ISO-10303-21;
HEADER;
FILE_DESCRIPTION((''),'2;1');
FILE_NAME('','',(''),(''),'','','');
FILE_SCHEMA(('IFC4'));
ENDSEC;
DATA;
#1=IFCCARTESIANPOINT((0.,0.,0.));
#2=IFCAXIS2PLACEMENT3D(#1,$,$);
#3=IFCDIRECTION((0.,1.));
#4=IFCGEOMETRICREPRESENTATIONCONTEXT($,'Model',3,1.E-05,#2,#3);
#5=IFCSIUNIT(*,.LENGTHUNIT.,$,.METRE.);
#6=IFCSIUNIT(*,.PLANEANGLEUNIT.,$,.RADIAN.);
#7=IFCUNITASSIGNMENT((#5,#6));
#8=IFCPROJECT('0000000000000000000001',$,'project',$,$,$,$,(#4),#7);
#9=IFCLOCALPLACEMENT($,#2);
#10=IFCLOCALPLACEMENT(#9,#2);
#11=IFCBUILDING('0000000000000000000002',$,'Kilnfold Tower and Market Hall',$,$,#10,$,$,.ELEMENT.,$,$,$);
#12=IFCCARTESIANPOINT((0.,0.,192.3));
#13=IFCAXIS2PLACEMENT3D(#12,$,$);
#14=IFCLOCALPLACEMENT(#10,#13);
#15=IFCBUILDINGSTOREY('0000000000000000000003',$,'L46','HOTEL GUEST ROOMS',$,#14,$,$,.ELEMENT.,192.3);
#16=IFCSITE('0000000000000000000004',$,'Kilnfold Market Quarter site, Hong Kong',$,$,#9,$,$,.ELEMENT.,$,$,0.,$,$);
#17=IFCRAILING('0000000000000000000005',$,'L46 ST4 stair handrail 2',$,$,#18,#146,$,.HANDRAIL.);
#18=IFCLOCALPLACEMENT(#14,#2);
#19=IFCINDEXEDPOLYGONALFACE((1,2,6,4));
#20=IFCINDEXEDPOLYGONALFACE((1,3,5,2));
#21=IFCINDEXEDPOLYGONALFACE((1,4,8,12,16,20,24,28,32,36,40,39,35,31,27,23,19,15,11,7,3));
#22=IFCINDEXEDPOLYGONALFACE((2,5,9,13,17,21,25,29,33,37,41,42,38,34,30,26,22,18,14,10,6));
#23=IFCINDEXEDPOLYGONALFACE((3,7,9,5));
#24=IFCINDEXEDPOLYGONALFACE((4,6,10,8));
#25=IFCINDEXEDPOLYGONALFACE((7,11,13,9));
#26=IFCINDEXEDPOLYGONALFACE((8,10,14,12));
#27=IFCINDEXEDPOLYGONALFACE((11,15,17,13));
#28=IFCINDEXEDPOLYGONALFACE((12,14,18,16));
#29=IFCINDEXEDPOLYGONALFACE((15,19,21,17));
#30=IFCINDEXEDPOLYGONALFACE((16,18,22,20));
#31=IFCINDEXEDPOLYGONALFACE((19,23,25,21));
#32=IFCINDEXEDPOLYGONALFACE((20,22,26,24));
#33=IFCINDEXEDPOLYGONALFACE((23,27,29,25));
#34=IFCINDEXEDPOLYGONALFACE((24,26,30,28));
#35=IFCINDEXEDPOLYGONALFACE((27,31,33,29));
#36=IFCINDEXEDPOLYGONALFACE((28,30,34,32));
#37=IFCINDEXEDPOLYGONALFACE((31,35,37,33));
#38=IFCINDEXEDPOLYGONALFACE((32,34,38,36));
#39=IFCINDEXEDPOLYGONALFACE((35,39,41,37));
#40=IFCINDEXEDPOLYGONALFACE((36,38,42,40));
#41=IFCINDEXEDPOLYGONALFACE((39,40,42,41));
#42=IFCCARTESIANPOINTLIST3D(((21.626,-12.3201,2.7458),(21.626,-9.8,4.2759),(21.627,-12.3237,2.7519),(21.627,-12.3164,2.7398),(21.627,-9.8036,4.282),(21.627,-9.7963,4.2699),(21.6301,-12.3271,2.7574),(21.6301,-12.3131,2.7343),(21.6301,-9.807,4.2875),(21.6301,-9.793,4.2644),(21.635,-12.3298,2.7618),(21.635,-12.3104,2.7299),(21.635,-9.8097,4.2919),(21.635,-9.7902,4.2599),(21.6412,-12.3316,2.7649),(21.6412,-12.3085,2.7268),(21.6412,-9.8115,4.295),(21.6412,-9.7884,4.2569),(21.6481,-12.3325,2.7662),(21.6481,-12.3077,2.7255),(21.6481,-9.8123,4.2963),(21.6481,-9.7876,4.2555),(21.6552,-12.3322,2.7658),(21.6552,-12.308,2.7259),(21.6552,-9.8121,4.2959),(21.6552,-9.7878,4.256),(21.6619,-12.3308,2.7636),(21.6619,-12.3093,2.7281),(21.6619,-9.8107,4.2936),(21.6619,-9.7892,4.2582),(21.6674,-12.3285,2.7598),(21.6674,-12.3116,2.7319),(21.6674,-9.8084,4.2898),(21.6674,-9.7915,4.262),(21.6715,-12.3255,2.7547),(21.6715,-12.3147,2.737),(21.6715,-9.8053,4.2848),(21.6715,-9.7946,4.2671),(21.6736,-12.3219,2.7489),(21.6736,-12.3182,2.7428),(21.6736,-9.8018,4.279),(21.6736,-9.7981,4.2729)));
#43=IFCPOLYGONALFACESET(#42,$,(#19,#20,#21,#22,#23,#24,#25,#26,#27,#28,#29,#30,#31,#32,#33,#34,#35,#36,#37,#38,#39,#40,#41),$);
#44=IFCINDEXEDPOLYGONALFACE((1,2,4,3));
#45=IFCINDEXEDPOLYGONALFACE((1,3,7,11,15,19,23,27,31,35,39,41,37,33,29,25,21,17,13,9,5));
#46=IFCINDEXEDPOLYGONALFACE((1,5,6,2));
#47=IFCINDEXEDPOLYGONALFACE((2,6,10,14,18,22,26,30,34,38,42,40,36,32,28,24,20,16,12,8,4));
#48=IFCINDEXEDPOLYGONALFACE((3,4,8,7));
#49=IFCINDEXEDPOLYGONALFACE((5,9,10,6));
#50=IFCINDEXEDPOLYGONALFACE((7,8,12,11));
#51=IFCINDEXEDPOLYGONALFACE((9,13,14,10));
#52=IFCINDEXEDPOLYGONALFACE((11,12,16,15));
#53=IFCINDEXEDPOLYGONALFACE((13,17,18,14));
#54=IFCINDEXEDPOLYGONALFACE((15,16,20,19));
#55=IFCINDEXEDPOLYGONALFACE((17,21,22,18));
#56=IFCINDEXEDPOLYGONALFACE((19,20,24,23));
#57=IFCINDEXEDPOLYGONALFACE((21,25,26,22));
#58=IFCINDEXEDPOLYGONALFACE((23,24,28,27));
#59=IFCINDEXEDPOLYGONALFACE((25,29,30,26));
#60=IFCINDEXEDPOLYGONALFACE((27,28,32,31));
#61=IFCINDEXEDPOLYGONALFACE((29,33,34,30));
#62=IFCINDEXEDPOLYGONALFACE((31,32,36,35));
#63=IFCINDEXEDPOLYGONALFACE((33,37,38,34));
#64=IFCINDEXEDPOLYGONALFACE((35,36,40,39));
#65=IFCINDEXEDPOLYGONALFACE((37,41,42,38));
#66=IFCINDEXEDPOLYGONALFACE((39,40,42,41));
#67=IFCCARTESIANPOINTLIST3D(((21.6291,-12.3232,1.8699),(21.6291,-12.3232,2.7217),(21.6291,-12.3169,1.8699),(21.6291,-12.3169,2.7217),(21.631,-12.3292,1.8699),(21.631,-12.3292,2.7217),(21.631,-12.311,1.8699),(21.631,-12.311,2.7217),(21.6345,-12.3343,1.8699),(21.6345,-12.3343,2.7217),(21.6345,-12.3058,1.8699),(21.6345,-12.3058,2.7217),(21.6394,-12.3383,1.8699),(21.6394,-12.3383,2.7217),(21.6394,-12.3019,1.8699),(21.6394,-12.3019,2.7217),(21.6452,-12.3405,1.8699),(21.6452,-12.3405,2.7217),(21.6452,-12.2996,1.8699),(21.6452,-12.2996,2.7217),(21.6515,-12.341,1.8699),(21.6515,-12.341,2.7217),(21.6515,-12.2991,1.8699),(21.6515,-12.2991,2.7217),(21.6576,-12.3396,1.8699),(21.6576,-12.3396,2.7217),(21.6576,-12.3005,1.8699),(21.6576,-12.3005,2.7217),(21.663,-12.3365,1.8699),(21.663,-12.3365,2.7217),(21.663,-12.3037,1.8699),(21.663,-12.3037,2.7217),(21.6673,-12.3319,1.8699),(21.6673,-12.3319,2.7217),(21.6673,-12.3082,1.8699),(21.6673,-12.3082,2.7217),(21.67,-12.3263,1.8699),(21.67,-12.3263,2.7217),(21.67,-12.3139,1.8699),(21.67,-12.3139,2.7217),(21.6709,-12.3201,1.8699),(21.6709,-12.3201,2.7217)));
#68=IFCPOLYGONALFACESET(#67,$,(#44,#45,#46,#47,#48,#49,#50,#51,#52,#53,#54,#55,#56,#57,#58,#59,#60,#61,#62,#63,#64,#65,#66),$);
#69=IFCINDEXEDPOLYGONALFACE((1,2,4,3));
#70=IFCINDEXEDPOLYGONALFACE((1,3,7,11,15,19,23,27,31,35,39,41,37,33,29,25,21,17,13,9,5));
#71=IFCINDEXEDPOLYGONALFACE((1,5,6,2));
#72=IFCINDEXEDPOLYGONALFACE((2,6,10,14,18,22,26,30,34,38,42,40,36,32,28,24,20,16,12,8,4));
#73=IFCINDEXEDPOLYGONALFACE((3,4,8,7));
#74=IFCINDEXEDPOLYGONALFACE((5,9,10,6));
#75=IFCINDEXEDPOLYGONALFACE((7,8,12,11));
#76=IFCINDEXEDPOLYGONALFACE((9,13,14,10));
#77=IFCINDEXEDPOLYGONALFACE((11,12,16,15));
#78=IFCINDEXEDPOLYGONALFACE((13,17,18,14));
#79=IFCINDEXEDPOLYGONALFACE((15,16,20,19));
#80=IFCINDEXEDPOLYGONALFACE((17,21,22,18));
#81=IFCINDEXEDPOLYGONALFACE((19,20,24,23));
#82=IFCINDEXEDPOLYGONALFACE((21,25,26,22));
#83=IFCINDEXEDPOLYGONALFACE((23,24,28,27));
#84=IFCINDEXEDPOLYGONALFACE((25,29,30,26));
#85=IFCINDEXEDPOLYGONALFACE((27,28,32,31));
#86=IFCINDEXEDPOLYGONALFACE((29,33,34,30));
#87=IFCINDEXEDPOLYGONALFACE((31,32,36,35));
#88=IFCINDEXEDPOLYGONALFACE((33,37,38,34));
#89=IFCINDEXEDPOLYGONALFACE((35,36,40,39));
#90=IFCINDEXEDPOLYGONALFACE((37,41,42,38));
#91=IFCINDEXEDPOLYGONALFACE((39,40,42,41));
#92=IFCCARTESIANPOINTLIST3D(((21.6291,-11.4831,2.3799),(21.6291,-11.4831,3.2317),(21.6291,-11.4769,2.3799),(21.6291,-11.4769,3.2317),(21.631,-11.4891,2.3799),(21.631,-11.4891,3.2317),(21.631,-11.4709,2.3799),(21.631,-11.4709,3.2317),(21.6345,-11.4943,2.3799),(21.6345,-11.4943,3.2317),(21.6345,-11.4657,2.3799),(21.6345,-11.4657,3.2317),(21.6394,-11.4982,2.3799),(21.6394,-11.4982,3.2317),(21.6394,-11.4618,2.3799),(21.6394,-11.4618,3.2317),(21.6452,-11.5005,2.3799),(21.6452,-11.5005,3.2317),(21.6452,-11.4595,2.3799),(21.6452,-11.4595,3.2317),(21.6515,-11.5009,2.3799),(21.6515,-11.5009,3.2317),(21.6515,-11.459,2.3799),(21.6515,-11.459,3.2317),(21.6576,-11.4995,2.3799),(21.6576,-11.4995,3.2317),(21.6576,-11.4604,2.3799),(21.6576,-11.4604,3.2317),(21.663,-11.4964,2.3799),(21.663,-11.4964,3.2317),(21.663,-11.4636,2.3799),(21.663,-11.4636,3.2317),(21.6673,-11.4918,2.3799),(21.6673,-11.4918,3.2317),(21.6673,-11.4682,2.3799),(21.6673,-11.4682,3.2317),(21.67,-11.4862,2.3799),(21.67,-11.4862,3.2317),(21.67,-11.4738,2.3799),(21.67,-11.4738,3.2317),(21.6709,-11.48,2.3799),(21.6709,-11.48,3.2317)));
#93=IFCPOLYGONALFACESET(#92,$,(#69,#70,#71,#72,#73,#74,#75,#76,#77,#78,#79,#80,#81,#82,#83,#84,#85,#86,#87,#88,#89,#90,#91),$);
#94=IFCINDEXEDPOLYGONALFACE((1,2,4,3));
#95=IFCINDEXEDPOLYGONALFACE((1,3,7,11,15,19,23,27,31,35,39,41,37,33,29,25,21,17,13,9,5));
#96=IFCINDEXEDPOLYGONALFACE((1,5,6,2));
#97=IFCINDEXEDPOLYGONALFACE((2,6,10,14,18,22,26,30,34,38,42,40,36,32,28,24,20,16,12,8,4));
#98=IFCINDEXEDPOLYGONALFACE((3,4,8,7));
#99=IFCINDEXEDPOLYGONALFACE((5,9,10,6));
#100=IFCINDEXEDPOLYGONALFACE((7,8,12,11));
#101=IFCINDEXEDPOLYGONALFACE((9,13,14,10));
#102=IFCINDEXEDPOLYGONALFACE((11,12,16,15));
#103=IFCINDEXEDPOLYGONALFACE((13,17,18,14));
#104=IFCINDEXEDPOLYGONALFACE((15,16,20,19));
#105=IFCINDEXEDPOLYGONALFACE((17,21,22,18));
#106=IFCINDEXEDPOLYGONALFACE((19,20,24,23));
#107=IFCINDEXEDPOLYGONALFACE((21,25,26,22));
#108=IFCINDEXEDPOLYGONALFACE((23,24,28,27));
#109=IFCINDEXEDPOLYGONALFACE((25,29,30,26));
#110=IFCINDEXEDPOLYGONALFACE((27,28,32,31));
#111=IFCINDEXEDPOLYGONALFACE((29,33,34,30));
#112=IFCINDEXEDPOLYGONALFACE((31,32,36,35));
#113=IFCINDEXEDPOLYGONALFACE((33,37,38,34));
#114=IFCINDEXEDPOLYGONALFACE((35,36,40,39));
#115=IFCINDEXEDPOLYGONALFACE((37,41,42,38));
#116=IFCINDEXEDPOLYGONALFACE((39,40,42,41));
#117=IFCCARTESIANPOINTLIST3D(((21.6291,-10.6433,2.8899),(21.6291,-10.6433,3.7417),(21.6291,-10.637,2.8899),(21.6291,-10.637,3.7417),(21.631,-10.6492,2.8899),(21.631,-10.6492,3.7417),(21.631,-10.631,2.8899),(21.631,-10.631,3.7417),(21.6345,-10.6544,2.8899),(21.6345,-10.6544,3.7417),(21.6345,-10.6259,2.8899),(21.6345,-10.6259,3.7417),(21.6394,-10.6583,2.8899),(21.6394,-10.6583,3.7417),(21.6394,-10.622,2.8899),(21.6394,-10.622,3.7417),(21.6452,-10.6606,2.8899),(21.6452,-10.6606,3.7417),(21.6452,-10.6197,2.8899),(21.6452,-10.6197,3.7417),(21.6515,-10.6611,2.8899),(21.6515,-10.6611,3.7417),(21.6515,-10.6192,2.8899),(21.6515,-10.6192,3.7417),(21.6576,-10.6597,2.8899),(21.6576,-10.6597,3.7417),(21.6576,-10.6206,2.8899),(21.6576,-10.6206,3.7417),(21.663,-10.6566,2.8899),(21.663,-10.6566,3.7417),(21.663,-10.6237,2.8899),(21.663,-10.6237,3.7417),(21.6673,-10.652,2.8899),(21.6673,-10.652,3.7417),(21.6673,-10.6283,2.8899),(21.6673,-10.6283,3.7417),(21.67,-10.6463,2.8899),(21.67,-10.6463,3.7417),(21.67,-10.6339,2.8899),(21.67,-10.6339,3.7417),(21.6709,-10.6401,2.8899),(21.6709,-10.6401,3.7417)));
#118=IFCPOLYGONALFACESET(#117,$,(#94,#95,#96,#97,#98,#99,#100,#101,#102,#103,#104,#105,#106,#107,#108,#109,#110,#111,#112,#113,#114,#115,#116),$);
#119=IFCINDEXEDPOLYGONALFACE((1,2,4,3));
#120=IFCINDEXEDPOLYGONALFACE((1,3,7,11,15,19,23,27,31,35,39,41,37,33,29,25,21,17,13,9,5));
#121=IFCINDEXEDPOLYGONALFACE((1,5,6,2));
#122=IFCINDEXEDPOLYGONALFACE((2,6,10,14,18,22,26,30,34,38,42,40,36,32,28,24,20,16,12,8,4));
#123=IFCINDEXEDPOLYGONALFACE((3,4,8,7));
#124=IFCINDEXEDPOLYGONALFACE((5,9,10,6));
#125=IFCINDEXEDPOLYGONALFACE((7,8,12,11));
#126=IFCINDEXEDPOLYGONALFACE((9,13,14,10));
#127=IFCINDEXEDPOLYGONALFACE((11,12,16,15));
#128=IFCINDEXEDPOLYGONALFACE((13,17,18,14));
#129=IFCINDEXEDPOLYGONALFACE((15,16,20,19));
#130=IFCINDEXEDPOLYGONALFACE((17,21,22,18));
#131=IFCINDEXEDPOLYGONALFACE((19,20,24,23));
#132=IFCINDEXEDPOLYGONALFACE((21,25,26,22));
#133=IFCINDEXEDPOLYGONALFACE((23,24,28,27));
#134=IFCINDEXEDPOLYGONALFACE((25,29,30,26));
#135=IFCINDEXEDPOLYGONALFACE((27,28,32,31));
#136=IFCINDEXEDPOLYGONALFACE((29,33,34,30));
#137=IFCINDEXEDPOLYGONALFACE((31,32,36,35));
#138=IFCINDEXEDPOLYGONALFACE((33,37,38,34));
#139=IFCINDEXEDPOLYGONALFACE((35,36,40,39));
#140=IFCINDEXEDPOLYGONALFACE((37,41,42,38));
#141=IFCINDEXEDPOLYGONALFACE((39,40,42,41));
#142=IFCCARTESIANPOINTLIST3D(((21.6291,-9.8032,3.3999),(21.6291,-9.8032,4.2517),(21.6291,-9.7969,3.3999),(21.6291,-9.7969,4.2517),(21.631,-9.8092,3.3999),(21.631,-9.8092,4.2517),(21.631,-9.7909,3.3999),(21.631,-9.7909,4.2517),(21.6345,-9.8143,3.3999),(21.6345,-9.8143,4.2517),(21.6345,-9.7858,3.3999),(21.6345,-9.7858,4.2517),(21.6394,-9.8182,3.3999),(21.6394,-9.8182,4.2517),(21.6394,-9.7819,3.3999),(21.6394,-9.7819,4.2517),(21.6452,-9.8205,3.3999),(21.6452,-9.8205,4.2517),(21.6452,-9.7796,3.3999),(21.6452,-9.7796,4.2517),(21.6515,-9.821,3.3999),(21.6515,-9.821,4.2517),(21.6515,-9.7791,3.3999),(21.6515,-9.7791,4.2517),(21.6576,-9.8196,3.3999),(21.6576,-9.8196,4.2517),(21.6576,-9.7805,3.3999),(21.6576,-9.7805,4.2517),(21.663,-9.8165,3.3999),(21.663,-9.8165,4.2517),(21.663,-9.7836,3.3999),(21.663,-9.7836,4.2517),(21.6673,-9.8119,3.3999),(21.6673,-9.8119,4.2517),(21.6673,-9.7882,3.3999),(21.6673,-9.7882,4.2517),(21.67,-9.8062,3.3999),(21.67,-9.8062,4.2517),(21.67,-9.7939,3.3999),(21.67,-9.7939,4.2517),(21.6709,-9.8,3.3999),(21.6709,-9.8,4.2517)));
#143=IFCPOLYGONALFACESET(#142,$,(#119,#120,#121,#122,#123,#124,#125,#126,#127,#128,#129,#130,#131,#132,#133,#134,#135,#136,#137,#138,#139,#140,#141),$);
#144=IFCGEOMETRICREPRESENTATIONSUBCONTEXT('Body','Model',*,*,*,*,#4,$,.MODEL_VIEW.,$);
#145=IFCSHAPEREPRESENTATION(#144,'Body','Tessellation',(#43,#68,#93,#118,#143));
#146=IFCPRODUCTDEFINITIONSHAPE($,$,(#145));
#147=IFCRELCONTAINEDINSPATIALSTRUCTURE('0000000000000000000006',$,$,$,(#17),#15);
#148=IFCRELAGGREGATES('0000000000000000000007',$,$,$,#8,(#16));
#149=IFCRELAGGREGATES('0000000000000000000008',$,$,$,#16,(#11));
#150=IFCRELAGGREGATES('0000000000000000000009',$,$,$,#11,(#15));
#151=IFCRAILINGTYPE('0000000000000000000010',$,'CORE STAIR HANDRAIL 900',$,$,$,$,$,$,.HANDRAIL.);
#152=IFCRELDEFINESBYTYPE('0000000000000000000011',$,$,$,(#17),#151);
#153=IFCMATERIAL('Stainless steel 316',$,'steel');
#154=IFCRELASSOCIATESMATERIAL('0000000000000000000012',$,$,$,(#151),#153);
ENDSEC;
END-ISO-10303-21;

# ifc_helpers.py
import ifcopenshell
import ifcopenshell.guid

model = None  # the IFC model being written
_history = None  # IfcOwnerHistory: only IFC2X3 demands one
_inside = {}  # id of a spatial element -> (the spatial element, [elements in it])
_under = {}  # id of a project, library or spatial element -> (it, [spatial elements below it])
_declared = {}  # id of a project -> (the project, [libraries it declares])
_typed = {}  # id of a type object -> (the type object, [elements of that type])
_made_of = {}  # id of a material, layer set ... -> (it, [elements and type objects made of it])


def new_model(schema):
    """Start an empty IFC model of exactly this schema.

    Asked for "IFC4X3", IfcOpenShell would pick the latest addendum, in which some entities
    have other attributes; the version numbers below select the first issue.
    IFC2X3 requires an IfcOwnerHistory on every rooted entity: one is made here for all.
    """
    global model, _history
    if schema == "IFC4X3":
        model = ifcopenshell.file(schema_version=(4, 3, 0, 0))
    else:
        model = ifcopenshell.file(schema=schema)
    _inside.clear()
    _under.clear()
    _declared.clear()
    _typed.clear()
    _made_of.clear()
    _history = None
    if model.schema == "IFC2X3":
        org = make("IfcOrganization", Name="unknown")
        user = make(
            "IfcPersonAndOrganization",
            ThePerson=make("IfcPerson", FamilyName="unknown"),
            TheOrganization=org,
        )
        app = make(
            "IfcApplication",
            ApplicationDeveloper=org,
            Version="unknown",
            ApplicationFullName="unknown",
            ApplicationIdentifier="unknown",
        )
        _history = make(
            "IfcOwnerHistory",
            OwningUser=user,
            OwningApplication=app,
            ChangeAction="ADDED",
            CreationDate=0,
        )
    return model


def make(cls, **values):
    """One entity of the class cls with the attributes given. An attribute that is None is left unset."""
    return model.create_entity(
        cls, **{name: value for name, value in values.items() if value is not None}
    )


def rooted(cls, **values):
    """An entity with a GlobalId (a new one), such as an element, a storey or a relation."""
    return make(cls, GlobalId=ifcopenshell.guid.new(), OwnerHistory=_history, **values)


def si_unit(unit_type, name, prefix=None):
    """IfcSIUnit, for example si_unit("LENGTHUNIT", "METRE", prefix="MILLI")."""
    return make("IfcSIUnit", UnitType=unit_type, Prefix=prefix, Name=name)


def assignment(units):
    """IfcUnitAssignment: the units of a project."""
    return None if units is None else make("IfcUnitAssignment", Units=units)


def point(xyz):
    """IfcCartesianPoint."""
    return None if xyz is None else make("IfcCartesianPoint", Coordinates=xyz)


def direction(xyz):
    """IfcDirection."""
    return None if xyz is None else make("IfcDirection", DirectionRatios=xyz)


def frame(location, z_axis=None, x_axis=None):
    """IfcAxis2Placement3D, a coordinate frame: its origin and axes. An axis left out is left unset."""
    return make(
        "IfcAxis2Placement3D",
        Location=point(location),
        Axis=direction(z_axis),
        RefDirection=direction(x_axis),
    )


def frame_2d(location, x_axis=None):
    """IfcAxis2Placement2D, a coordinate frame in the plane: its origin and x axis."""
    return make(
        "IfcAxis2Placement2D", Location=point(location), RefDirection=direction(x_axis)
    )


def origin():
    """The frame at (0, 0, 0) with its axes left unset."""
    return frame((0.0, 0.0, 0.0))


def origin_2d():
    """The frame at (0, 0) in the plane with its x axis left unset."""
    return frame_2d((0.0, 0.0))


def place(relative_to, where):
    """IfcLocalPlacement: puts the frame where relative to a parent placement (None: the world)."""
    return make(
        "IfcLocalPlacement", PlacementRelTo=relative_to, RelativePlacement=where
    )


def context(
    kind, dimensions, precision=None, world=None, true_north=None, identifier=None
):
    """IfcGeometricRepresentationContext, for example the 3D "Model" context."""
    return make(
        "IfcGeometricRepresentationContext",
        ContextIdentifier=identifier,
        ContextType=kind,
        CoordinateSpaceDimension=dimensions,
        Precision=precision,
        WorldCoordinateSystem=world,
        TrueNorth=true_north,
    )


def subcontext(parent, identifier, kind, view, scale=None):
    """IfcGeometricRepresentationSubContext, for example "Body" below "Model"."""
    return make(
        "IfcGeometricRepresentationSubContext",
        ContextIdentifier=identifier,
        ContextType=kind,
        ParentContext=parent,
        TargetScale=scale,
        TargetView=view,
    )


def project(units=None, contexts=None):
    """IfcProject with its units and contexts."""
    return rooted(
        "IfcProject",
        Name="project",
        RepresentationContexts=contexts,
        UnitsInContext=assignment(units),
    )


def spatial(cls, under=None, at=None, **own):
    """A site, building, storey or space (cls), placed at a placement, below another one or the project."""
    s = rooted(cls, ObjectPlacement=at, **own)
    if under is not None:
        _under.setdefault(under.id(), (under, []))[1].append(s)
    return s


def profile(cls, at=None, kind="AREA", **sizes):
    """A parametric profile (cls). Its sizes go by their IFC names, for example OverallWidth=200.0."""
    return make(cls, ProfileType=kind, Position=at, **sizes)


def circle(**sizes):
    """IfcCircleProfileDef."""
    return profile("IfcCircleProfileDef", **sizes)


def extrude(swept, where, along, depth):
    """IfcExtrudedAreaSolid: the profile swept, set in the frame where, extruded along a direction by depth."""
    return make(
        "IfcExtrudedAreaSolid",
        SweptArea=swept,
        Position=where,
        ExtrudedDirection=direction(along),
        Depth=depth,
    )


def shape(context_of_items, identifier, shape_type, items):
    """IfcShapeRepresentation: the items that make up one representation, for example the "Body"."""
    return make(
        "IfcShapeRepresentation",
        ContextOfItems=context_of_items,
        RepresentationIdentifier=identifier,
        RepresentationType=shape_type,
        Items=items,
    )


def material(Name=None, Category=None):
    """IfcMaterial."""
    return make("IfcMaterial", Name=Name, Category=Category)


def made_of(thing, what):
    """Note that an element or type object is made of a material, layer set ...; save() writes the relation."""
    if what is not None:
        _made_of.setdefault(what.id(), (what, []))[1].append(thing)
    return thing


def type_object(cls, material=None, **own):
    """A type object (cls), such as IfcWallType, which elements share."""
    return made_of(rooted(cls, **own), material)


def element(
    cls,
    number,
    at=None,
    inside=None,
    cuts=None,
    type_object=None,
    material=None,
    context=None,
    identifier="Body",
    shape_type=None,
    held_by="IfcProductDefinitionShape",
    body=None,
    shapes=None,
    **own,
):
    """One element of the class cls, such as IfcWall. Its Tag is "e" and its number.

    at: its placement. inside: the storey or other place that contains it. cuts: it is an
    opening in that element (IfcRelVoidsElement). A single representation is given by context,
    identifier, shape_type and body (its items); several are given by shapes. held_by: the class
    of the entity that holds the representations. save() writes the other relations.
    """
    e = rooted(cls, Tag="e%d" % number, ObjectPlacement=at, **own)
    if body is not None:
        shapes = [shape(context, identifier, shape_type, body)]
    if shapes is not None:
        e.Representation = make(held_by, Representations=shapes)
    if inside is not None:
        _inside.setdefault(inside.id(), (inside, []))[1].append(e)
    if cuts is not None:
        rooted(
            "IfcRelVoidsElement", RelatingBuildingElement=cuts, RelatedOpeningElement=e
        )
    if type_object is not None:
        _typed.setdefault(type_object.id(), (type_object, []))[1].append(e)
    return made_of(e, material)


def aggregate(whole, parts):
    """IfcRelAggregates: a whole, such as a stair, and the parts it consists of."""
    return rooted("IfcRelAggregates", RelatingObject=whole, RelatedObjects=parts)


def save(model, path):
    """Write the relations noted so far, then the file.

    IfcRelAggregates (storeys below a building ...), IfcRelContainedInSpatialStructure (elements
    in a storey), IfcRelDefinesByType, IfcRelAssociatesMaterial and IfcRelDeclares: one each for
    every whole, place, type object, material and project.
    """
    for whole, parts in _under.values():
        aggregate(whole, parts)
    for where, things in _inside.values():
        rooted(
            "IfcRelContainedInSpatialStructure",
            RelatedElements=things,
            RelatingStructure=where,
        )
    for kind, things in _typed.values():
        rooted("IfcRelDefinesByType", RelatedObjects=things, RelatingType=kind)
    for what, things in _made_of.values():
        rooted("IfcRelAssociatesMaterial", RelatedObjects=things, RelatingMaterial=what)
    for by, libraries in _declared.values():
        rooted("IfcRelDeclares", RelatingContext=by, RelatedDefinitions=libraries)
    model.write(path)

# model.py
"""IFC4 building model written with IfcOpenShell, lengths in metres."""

from ifc_helpers import new_model, si_unit, direction, frame, origin, origin_2d, place, context, subcontext, project, spatial, circle, extrude, material, type_object, element, save


model = new_model("IFC4")

# Units and contexts
model_context = context("Model", 3, precision=1e-05, world=origin(), true_north=direction((0.0, 1.0)))
body_context = subcontext(model_context, "Body", "Model", "MODEL_VIEW")
ifc_project = project(units=[si_unit("LENGTHUNIT", "METRE"), si_unit("PLANEANGLEUNIT", "RADIAN")], contexts=[model_context])

# Site, building, storey
site_placement = place(None, origin())
site = spatial("IfcSite", under=ifc_project, at=site_placement, Name="Kilnfold Market Quarter site, Hong Kong", CompositionType="ELEMENT", RefElevation=0.0)
building_placement = place(site_placement, origin())
building = spatial("IfcBuilding", under=site, at=building_placement, Name="Kilnfold Tower and Market Hall", CompositionType="ELEMENT")
storey_placement = place(building_placement, frame((0.0, 0.0, 192.3)))
storey = spatial("IfcBuildingStorey", under=building, at=storey_placement, Name="L46", Description="HOTEL GUEST ROOMS", CompositionType="ELEMENT", Elevation=192.3)

# Railing
ifc_material_1 = material(Name="Stainless steel 316", Category="steel")
railing_type_1 = type_object("IfcRailingType", Name="CORE STAIR HANDRAIL 900", PredefinedType="HANDRAIL", material=ifc_material_1)
railing_1_placement = place(storey_placement, frame((21.6499, -12.3201, 1.8699)))
element("IfcRailing", 1, at=railing_1_placement, inside=storey, type_object=railing_type_1, Name="L46 ST4 stair handrail 2", PredefinedType="HANDRAIL", context=body_context, shape_type="SweptSolid", body=[
    extrude(circle(Radius=0.0239, at=origin_2d()), frame((0.0, 0.0, 0.876), z_axis=(0.0, 0.854785, 0.518982), x_axis=(-1.0, 0.0, 0.0)), (0.0, 0.0, 1.0), 2.9482),
    extrude(circle(Radius=0.021, at=origin_2d()), origin(), (0.0, 0.0, 1.0), 0.8518),
    extrude(circle(Radius=0.021, at=origin_2d()), frame((0.0, 0.8401, 0.51)), (0.0, 0.0, 1.0), 0.8518),
    extrude(circle(Radius=0.021, at=origin_2d()), frame((0.0, 1.6799, 1.02)), (0.0, 0.0, 1.0), 0.8518),
    extrude(circle(Radius=0.021, at=origin_2d()), frame((0.0, 2.52, 1.53)), (0.0, 0.0, 1.0), 0.8518),
])

save(model, "model.ifc")
